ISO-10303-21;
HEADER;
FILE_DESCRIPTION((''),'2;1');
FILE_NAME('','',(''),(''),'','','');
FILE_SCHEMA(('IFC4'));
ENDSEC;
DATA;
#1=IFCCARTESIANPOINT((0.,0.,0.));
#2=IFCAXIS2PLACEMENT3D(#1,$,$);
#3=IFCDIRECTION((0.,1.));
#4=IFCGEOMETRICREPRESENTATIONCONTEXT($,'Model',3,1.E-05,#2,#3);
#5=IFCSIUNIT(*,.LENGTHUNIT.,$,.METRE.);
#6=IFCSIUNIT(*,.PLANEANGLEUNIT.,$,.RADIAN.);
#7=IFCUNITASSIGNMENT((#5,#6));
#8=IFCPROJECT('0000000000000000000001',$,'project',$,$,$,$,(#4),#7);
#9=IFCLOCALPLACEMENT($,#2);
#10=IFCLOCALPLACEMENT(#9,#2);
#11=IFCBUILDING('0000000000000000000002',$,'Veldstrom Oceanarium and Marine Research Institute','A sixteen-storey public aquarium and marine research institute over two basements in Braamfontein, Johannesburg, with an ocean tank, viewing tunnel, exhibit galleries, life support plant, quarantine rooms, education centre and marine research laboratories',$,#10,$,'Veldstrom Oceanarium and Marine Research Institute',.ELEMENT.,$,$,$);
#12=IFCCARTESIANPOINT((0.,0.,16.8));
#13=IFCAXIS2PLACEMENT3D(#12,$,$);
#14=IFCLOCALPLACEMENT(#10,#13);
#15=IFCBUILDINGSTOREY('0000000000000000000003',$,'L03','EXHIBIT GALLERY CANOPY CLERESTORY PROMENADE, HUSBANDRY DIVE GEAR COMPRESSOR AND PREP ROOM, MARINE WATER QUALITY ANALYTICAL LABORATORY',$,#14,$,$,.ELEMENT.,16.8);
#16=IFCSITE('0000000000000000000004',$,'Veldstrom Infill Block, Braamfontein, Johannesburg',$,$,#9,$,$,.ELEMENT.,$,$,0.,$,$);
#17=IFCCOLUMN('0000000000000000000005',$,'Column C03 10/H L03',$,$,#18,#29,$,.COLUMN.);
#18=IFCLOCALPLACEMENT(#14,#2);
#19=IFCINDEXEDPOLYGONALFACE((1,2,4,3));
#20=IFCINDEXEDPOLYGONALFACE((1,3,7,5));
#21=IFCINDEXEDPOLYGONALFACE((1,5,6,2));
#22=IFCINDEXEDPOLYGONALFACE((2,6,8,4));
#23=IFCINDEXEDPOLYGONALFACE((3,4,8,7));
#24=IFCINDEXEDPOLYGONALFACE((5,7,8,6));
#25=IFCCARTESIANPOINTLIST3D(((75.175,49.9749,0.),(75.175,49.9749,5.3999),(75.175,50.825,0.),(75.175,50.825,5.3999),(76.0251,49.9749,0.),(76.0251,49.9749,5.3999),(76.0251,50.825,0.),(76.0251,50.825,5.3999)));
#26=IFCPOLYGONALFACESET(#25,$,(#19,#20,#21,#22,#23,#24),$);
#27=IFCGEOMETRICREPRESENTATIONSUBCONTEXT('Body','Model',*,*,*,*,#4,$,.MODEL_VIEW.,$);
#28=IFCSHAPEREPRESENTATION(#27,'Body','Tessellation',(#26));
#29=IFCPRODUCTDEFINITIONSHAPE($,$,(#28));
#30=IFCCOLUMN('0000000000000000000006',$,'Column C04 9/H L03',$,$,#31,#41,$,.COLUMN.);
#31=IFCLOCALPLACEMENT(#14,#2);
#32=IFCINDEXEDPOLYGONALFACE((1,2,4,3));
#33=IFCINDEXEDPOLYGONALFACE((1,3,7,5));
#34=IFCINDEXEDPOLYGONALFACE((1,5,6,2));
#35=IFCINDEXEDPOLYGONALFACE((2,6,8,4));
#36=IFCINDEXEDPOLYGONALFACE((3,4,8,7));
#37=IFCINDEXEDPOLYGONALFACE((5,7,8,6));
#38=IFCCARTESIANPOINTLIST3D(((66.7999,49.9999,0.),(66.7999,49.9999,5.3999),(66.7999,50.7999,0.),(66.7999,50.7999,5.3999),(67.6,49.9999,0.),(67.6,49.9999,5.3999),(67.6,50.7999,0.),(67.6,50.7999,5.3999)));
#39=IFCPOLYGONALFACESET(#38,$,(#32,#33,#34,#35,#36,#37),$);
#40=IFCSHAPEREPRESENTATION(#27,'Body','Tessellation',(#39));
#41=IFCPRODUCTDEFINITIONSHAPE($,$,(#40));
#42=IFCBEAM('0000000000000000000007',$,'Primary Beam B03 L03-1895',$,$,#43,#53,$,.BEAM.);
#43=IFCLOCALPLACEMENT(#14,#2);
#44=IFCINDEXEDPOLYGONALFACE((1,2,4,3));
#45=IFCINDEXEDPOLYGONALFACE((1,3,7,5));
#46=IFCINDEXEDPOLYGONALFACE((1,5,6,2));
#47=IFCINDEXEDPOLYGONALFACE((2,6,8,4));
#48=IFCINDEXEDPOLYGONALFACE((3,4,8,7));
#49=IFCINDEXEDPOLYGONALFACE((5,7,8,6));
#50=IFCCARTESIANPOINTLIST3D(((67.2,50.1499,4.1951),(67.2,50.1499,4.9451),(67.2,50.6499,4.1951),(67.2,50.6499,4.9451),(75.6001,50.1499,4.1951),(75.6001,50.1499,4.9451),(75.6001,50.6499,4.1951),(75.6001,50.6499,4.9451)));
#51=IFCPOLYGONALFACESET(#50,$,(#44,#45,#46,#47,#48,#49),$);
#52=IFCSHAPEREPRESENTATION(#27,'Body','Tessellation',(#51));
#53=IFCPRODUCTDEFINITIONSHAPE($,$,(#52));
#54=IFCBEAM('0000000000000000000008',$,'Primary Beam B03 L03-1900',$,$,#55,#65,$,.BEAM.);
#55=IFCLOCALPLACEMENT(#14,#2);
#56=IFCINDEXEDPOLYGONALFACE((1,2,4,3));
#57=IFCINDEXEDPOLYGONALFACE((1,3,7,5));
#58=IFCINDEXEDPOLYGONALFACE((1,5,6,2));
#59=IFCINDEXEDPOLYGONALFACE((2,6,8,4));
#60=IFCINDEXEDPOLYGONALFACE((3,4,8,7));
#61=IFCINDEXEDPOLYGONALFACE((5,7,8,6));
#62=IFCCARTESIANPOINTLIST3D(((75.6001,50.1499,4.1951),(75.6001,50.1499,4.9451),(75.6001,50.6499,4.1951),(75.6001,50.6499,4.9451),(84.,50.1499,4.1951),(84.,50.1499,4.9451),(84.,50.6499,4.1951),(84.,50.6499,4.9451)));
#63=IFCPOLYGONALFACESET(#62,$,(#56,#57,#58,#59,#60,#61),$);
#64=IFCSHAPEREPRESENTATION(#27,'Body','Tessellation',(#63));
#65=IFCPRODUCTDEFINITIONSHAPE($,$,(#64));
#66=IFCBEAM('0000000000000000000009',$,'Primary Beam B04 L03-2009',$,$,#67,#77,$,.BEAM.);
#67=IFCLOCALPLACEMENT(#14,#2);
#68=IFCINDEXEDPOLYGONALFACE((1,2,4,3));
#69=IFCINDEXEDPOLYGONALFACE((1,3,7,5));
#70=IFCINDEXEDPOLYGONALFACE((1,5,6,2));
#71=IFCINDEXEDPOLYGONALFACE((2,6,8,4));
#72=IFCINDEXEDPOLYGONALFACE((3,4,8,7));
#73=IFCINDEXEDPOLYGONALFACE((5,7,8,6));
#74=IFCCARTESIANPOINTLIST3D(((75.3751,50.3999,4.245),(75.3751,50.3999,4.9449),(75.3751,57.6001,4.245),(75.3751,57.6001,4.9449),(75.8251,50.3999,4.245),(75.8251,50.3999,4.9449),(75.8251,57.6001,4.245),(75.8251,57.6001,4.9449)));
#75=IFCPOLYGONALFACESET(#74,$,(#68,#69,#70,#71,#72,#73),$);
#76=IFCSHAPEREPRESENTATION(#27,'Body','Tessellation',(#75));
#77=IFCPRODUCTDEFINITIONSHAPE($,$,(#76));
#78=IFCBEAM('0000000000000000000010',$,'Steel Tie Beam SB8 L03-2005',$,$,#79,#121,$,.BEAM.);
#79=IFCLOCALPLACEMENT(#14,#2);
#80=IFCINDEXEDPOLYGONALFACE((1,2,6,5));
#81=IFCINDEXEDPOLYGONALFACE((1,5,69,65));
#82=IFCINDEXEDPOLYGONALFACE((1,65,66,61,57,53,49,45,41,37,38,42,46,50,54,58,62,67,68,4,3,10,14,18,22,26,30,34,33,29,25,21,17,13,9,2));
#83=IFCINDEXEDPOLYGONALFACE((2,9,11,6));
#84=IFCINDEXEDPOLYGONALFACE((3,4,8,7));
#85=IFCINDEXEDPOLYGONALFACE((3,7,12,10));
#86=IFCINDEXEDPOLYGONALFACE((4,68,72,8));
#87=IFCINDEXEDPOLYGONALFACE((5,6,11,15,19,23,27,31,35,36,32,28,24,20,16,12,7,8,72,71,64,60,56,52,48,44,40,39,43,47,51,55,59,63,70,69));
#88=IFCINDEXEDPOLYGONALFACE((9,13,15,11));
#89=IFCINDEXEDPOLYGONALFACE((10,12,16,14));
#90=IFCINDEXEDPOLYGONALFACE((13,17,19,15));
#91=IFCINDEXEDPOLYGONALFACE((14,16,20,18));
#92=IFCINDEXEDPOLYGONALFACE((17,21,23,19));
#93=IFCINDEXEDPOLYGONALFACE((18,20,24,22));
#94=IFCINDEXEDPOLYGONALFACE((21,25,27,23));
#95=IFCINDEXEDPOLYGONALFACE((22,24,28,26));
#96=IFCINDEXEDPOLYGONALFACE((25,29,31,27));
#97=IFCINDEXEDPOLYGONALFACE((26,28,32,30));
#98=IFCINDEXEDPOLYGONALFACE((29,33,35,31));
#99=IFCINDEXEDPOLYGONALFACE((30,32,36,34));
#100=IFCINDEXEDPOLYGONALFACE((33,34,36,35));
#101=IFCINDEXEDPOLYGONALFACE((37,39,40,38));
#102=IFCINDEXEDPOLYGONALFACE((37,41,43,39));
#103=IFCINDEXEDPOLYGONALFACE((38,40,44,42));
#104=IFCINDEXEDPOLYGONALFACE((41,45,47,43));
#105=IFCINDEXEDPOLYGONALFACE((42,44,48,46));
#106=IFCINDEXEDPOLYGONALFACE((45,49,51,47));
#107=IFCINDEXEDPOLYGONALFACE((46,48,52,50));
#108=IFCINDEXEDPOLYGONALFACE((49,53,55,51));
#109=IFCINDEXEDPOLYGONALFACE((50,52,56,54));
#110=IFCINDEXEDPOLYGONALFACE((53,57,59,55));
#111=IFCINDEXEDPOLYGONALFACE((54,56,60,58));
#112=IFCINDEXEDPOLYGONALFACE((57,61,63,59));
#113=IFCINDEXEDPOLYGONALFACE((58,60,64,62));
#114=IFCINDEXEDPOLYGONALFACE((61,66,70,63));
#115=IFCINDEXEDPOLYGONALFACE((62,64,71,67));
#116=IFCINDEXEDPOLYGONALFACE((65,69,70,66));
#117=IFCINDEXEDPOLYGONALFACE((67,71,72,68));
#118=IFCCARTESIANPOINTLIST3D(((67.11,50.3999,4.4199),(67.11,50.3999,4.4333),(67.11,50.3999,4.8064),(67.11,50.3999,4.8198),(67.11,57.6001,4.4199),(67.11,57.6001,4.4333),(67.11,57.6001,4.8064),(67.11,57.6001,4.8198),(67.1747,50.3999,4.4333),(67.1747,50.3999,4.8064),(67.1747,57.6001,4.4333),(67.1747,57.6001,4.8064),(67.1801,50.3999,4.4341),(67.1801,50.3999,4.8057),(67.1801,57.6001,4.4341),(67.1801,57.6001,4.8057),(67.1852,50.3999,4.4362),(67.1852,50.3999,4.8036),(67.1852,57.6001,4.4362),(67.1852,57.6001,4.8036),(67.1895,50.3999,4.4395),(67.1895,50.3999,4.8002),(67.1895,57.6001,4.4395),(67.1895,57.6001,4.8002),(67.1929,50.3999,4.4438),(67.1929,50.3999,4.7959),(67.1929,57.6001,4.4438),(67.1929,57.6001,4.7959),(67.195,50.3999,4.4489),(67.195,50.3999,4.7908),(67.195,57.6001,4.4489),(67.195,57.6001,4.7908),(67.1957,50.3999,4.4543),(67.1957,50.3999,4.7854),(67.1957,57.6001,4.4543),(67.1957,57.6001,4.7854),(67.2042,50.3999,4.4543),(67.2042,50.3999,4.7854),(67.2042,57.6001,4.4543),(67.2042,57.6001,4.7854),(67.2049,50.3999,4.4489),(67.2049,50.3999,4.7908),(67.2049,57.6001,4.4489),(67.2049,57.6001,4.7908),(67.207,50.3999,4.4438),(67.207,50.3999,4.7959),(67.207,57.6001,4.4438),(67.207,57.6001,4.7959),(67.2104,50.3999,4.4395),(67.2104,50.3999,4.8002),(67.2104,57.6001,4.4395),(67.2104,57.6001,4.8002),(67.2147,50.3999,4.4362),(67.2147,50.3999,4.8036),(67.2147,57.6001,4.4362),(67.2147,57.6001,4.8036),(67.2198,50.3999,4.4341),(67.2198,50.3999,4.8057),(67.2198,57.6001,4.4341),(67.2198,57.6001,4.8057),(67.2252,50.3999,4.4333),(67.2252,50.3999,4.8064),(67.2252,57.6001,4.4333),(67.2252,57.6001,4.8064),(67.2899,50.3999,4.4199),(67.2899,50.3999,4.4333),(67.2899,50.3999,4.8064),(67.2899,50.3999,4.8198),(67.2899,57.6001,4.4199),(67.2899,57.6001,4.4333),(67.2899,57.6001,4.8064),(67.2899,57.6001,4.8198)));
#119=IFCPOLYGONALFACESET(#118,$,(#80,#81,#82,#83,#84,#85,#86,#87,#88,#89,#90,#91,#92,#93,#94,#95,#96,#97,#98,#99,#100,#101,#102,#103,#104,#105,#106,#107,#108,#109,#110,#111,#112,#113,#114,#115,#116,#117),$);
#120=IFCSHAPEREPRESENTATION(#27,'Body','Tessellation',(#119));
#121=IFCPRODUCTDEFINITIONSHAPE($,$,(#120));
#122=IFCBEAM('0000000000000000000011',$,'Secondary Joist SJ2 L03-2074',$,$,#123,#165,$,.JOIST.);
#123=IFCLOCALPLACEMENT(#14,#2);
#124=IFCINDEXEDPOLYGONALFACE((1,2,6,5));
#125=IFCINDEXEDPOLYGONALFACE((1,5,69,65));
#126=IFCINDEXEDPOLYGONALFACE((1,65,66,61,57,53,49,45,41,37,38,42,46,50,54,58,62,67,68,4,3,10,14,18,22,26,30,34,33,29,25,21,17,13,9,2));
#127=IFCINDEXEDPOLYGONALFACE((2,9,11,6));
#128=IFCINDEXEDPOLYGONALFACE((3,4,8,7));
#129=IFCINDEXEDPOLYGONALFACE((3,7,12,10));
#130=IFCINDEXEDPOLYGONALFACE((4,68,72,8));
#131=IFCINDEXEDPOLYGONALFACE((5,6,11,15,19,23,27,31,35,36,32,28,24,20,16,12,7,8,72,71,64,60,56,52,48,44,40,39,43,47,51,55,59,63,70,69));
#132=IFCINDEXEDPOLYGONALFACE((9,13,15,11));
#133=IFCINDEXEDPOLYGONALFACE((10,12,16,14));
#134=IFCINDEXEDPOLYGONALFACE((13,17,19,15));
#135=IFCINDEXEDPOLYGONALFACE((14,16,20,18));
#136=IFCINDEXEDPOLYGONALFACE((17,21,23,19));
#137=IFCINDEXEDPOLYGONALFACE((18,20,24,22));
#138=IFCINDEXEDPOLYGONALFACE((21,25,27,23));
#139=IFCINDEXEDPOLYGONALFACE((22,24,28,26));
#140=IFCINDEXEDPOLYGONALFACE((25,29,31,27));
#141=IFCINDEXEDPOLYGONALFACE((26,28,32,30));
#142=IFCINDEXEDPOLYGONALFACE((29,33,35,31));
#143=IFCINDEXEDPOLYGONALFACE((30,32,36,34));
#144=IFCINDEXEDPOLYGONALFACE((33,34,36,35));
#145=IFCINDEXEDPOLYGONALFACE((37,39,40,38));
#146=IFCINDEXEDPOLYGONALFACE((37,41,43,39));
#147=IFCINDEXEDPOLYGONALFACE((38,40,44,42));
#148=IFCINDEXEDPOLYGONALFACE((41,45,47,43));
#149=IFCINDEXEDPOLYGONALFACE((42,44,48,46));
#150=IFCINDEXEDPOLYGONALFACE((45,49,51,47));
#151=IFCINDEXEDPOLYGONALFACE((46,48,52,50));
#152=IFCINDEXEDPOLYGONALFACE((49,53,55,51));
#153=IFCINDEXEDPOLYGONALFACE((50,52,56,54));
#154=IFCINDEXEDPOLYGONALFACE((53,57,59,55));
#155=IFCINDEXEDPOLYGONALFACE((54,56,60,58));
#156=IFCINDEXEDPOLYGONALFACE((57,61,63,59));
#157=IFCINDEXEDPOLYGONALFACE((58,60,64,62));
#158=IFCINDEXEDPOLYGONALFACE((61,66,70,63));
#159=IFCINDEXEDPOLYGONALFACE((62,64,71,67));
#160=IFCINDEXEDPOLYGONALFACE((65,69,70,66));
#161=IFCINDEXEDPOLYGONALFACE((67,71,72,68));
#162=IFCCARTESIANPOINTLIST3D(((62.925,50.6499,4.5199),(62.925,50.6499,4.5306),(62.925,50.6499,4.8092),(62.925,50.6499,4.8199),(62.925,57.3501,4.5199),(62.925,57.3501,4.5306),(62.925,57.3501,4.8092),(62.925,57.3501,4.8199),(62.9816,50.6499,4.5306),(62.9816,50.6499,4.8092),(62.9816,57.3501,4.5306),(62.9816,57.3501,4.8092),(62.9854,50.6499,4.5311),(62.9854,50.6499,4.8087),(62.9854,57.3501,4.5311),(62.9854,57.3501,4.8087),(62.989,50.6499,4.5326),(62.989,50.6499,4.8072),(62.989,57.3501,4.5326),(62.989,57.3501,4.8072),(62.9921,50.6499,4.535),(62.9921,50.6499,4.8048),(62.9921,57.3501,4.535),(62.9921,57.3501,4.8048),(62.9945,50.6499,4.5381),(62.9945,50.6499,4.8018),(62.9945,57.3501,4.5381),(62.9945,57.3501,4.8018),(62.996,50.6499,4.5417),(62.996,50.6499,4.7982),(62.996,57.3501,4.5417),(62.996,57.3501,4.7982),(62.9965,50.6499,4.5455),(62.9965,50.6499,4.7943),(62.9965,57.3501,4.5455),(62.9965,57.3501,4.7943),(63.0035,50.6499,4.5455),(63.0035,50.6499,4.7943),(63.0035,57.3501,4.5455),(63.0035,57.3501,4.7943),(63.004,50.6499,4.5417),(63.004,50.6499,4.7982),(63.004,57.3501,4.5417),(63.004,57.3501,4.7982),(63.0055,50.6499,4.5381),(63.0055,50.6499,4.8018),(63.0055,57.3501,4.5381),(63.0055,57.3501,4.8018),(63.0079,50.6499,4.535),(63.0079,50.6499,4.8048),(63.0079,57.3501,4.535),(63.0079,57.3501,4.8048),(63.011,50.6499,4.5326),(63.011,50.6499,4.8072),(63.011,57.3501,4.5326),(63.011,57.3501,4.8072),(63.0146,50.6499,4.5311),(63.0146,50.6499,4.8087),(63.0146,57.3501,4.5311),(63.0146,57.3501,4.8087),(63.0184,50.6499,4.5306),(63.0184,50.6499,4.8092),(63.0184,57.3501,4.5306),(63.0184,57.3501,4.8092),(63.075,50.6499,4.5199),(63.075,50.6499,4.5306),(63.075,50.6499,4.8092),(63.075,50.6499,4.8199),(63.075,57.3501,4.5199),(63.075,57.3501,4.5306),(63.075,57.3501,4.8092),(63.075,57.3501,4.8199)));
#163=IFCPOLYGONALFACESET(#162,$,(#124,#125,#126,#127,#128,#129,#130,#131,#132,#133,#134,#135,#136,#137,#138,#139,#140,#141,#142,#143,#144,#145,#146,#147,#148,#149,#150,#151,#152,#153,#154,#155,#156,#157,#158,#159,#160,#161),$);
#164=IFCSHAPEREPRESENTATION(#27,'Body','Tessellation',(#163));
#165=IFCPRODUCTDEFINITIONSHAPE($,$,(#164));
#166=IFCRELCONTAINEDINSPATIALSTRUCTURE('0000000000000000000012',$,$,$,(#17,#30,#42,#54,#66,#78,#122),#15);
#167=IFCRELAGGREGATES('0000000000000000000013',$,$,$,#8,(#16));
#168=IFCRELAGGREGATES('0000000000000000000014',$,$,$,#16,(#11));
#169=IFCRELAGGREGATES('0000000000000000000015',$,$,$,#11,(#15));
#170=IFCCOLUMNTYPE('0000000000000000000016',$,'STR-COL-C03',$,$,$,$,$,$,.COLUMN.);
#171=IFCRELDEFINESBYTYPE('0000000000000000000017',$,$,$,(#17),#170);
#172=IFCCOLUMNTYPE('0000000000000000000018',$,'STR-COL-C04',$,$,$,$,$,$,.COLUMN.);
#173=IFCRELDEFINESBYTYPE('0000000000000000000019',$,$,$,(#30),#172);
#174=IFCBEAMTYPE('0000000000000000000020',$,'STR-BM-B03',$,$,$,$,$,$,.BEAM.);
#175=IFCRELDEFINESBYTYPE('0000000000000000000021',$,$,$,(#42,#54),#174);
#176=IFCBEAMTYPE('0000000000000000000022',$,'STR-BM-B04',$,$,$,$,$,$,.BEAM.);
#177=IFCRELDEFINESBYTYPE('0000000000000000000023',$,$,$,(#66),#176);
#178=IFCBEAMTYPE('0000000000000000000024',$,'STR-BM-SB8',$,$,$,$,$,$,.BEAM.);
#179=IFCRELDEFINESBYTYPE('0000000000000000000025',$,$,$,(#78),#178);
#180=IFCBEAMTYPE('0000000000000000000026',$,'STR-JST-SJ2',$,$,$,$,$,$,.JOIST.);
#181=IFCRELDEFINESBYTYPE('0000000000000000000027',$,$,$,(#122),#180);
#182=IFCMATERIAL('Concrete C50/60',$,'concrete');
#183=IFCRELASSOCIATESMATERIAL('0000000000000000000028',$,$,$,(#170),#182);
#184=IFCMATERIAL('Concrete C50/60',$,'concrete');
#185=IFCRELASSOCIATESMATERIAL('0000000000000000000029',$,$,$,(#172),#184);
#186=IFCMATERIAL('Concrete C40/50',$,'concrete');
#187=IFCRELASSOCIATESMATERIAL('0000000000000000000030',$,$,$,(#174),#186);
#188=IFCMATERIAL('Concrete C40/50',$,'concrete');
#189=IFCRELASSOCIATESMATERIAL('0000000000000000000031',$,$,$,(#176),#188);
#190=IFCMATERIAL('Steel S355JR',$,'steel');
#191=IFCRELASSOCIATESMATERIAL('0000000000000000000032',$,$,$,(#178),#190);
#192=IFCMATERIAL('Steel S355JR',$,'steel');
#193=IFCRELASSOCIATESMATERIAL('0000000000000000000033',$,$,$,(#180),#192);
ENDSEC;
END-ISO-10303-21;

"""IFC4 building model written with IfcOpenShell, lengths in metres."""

from ifc_helpers import new_model, si_unit, direction, frame, origin, origin_2d, place, context, subcontext, project, spatial, rectangle, i_section, extrude, material, material_profile, profile_set, type_object, element, save


model = new_model("IFC4")

# Units and contexts
model_context = context("Model", 3, precision=1e-05, world=origin(), true_north=direction((0.0, 1.0)))
body_context = subcontext(model_context, "Body", "Model", "MODEL_VIEW")
ifc_project = project(units=[si_unit("LENGTHUNIT", "METRE"), si_unit("PLANEANGLEUNIT", "RADIAN")], contexts=[model_context])

# Site, building, storey
site_placement = place(None, origin())
site = spatial("IfcSite", under=ifc_project, at=site_placement, Name="Veldstrom Infill Block, Braamfontein, Johannesburg", CompositionType="ELEMENT", RefElevation=0.0)
building_placement = place(site_placement, origin())
building = spatial("IfcBuilding", under=site, at=building_placement, Name="Veldstrom Oceanarium and Marine Research Institute", Description="A sixteen-storey public aquarium and marine research institute over two basements in Braamfontein, Johannesburg, with an ocean tank, viewing tunnel, exhibit galleries, life support plant, quarantine rooms, education centre and marine research laboratories", LongName="Veldstrom Oceanarium and Marine Research Institute", CompositionType="ELEMENT")
storey_placement = place(building_placement, frame((0.0, 0.0, 16.8)))
storey = spatial("IfcBuildingStorey", under=building, at=storey_placement, Name="L03", Description="EXHIBIT GALLERY CANOPY CLERESTORY PROMENADE, HUSBANDRY DIVE GEAR COMPRESSOR AND PREP ROOM, MARINE WATER QUALITY ANALYTICAL LABORATORY", CompositionType="ELEMENT", Elevation=16.8)

# Columns
ifc_material_1 = material(Name="Concrete C50/60", Category="concrete")
ifc_material_profile_1 = material_profile(ifc_material_1, rectangle(XDim=0.8501, YDim=0.8501, at=origin_2d()), Name="RC-COL-850x850")
ifc_profile_set_1 = profile_set([ifc_material_profile_1], Name="Concrete C50/60")
column_type_1 = type_object("IfcColumnType", Name="STR-COL-C03", PredefinedType="COLUMN", material=ifc_profile_set_1)
column_1_placement = place(storey_placement, frame((75.6001, 50.3999, 0.0), z_axis=(0.0, 0.0, 1.0), x_axis=(1.0, 0.0, 0.0)))
element("IfcColumn", 1, at=column_1_placement, inside=storey, type_object=column_type_1, Name="Column C03 10/H L03", PredefinedType="COLUMN", context=body_context, shape_type="SweptSolid", body=[
    extrude(rectangle(XDim=0.8501, YDim=0.8501, at=origin_2d()), origin(), (0.0, 0.0, 1.0), 5.3999),
])
ifc_material_2 = material(Name="Concrete C50/60", Category="concrete")
ifc_material_profile_2 = material_profile(ifc_material_2, rectangle(XDim=0.8, YDim=0.8, at=origin_2d()), Name="RC-COL-800x800")
ifc_profile_set_2 = profile_set([ifc_material_profile_2], Name="Concrete C50/60")
column_type_2 = type_object("IfcColumnType", Name="STR-COL-C04", PredefinedType="COLUMN", material=ifc_profile_set_2)
column_2_placement = place(storey_placement, frame((67.2, 50.3999, 0.0), z_axis=(0.0, 0.0, 1.0), x_axis=(1.0, 0.0, 0.0)))
element("IfcColumn", 2, at=column_2_placement, inside=storey, type_object=column_type_2, Name="Column C04 9/H L03", PredefinedType="COLUMN", context=body_context, shape_type="SweptSolid", body=[
    extrude(rectangle(XDim=0.8, YDim=0.8, at=origin_2d()), origin(), (0.0, 0.0, 1.0), 5.3999),
])

# Beams
ifc_material_3 = material(Name="Concrete C40/50", Category="concrete")
ifc_material_profile_3 = material_profile(ifc_material_3, rectangle(XDim=0.5, YDim=0.75, at=origin_2d()), Name="RC-BM-500x750")
ifc_profile_set_3 = profile_set([ifc_material_profile_3], Name="Concrete C40/50")
beam_type_1 = type_object("IfcBeamType", Name="STR-BM-B03", PredefinedType="BEAM", material=ifc_profile_set_3)
beam_1_placement = place(storey_placement, frame((67.2, 50.3999, 4.5701), z_axis=(1.0, 0.0, 0.0), x_axis=(0.0, 1.0, 0.0)))
element("IfcBeam", 3, at=beam_1_placement, inside=storey, type_object=beam_type_1, Name="Primary Beam B03 L03-1895", PredefinedType="BEAM", context=body_context, shape_type="SweptSolid", body=[
    extrude(rectangle(XDim=0.5, YDim=0.75, at=origin_2d()), origin(), (0.0, 0.0, 1.0), 8.4001),
])
beam_2_placement = place(storey_placement, frame((75.6001, 50.3999, 4.5701), z_axis=(1.0, 0.0, 0.0), x_axis=(0.0, 1.0, 0.0)))
element("IfcBeam", 4, at=beam_2_placement, inside=storey, type_object=beam_type_1, Name="Primary Beam B03 L03-1900", PredefinedType="BEAM", context=body_context, shape_type="SweptSolid", body=[
    extrude(rectangle(XDim=0.5, YDim=0.75, at=origin_2d()), origin(), (0.0, 0.0, 1.0), 8.3999),
])
ifc_material_4 = material(Name="Concrete C40/50", Category="concrete")
ifc_material_profile_4 = material_profile(ifc_material_4, rectangle(XDim=0.45, YDim=0.7, at=origin_2d()), Name="RC-BM-450x700")
ifc_profile_set_4 = profile_set([ifc_material_profile_4], Name="Concrete C40/50")
beam_type_2 = type_object("IfcBeamType", Name="STR-BM-B04", PredefinedType="BEAM", material=ifc_profile_set_4)
beam_3_placement = place(storey_placement, frame((75.6001, 50.3999, 4.595), z_axis=(0.0, 1.0, 0.0), x_axis=(-1.0, 0.0, 0.0)))
element("IfcBeam", 5, at=beam_3_placement, inside=storey, type_object=beam_type_2, Name="Primary Beam B04 L03-2009", PredefinedType="BEAM", context=body_context, shape_type="SweptSolid", body=[
    extrude(rectangle(XDim=0.45, YDim=0.7, at=origin_2d()), origin(), (0.0, 0.0, 1.0), 7.2002),
])
ifc_material_5 = material(Name="Steel S355JR", Category="steel")
ifc_material_profile_5 = material_profile(ifc_material_5, i_section(OverallWidth=0.1799, OverallDepth=0.3999, WebThickness=0.0085, FlangeThickness=0.0134, FilletRadius=0.021, at=origin_2d()), Name="IPE 400")
ifc_profile_set_5 = profile_set([ifc_material_profile_5], Name="Steel S355JR")
beam_type_3 = type_object("IfcBeamType", Name="STR-BM-SB8", PredefinedType="BEAM", material=ifc_profile_set_5)
beam_4_placement = place(storey_placement, frame((67.2, 50.3999, 4.6199), z_axis=(0.0, 1.0, 0.0), x_axis=(-1.0, 0.0, 0.0)))
element("IfcBeam", 6, at=beam_4_placement, inside=storey, type_object=beam_type_3, Name="Steel Tie Beam SB8 L03-2005", PredefinedType="BEAM", context=body_context, shape_type="SweptSolid", body=[
    extrude(i_section(OverallWidth=0.1799, OverallDepth=0.3999, WebThickness=0.0085, FlangeThickness=0.0134, FilletRadius=0.021, at=origin_2d()), origin(), (0.0, 0.0, 1.0), 7.2002),
])
ifc_material_6 = material(Name="Steel S355JR", Category="steel")
ifc_material_profile_6 = material_profile(ifc_material_6, i_section(OverallWidth=0.1499, OverallDepth=0.3, WebThickness=0.0071, FlangeThickness=0.0107, FilletRadius=0.0149, at=origin_2d()), Name="IPE 300")
ifc_profile_set_6 = profile_set([ifc_material_profile_6], Name="Steel S355JR")
beam_type_4 = type_object("IfcBeamType", Name="STR-JST-SJ2", PredefinedType="JOIST", material=ifc_profile_set_6)
beam_5_placement = place(storey_placement, frame((63.0, 50.6499, 4.6699), z_axis=(0.0, 1.0, 0.0), x_axis=(-1.0, 0.0, 0.0)))
element("IfcBeam", 7, at=beam_5_placement, inside=storey, type_object=beam_type_4, Name="Secondary Joist SJ2 L03-2074", PredefinedType="JOIST", context=body_context, shape_type="SweptSolid", body=[
    extrude(i_section(OverallWidth=0.1499, OverallDepth=0.3, WebThickness=0.0071, FlangeThickness=0.0107, FilletRadius=0.0149, at=origin_2d()), origin(), (0.0, 0.0, 1.0), 6.7002),
])

save(model, "model.ifc")
